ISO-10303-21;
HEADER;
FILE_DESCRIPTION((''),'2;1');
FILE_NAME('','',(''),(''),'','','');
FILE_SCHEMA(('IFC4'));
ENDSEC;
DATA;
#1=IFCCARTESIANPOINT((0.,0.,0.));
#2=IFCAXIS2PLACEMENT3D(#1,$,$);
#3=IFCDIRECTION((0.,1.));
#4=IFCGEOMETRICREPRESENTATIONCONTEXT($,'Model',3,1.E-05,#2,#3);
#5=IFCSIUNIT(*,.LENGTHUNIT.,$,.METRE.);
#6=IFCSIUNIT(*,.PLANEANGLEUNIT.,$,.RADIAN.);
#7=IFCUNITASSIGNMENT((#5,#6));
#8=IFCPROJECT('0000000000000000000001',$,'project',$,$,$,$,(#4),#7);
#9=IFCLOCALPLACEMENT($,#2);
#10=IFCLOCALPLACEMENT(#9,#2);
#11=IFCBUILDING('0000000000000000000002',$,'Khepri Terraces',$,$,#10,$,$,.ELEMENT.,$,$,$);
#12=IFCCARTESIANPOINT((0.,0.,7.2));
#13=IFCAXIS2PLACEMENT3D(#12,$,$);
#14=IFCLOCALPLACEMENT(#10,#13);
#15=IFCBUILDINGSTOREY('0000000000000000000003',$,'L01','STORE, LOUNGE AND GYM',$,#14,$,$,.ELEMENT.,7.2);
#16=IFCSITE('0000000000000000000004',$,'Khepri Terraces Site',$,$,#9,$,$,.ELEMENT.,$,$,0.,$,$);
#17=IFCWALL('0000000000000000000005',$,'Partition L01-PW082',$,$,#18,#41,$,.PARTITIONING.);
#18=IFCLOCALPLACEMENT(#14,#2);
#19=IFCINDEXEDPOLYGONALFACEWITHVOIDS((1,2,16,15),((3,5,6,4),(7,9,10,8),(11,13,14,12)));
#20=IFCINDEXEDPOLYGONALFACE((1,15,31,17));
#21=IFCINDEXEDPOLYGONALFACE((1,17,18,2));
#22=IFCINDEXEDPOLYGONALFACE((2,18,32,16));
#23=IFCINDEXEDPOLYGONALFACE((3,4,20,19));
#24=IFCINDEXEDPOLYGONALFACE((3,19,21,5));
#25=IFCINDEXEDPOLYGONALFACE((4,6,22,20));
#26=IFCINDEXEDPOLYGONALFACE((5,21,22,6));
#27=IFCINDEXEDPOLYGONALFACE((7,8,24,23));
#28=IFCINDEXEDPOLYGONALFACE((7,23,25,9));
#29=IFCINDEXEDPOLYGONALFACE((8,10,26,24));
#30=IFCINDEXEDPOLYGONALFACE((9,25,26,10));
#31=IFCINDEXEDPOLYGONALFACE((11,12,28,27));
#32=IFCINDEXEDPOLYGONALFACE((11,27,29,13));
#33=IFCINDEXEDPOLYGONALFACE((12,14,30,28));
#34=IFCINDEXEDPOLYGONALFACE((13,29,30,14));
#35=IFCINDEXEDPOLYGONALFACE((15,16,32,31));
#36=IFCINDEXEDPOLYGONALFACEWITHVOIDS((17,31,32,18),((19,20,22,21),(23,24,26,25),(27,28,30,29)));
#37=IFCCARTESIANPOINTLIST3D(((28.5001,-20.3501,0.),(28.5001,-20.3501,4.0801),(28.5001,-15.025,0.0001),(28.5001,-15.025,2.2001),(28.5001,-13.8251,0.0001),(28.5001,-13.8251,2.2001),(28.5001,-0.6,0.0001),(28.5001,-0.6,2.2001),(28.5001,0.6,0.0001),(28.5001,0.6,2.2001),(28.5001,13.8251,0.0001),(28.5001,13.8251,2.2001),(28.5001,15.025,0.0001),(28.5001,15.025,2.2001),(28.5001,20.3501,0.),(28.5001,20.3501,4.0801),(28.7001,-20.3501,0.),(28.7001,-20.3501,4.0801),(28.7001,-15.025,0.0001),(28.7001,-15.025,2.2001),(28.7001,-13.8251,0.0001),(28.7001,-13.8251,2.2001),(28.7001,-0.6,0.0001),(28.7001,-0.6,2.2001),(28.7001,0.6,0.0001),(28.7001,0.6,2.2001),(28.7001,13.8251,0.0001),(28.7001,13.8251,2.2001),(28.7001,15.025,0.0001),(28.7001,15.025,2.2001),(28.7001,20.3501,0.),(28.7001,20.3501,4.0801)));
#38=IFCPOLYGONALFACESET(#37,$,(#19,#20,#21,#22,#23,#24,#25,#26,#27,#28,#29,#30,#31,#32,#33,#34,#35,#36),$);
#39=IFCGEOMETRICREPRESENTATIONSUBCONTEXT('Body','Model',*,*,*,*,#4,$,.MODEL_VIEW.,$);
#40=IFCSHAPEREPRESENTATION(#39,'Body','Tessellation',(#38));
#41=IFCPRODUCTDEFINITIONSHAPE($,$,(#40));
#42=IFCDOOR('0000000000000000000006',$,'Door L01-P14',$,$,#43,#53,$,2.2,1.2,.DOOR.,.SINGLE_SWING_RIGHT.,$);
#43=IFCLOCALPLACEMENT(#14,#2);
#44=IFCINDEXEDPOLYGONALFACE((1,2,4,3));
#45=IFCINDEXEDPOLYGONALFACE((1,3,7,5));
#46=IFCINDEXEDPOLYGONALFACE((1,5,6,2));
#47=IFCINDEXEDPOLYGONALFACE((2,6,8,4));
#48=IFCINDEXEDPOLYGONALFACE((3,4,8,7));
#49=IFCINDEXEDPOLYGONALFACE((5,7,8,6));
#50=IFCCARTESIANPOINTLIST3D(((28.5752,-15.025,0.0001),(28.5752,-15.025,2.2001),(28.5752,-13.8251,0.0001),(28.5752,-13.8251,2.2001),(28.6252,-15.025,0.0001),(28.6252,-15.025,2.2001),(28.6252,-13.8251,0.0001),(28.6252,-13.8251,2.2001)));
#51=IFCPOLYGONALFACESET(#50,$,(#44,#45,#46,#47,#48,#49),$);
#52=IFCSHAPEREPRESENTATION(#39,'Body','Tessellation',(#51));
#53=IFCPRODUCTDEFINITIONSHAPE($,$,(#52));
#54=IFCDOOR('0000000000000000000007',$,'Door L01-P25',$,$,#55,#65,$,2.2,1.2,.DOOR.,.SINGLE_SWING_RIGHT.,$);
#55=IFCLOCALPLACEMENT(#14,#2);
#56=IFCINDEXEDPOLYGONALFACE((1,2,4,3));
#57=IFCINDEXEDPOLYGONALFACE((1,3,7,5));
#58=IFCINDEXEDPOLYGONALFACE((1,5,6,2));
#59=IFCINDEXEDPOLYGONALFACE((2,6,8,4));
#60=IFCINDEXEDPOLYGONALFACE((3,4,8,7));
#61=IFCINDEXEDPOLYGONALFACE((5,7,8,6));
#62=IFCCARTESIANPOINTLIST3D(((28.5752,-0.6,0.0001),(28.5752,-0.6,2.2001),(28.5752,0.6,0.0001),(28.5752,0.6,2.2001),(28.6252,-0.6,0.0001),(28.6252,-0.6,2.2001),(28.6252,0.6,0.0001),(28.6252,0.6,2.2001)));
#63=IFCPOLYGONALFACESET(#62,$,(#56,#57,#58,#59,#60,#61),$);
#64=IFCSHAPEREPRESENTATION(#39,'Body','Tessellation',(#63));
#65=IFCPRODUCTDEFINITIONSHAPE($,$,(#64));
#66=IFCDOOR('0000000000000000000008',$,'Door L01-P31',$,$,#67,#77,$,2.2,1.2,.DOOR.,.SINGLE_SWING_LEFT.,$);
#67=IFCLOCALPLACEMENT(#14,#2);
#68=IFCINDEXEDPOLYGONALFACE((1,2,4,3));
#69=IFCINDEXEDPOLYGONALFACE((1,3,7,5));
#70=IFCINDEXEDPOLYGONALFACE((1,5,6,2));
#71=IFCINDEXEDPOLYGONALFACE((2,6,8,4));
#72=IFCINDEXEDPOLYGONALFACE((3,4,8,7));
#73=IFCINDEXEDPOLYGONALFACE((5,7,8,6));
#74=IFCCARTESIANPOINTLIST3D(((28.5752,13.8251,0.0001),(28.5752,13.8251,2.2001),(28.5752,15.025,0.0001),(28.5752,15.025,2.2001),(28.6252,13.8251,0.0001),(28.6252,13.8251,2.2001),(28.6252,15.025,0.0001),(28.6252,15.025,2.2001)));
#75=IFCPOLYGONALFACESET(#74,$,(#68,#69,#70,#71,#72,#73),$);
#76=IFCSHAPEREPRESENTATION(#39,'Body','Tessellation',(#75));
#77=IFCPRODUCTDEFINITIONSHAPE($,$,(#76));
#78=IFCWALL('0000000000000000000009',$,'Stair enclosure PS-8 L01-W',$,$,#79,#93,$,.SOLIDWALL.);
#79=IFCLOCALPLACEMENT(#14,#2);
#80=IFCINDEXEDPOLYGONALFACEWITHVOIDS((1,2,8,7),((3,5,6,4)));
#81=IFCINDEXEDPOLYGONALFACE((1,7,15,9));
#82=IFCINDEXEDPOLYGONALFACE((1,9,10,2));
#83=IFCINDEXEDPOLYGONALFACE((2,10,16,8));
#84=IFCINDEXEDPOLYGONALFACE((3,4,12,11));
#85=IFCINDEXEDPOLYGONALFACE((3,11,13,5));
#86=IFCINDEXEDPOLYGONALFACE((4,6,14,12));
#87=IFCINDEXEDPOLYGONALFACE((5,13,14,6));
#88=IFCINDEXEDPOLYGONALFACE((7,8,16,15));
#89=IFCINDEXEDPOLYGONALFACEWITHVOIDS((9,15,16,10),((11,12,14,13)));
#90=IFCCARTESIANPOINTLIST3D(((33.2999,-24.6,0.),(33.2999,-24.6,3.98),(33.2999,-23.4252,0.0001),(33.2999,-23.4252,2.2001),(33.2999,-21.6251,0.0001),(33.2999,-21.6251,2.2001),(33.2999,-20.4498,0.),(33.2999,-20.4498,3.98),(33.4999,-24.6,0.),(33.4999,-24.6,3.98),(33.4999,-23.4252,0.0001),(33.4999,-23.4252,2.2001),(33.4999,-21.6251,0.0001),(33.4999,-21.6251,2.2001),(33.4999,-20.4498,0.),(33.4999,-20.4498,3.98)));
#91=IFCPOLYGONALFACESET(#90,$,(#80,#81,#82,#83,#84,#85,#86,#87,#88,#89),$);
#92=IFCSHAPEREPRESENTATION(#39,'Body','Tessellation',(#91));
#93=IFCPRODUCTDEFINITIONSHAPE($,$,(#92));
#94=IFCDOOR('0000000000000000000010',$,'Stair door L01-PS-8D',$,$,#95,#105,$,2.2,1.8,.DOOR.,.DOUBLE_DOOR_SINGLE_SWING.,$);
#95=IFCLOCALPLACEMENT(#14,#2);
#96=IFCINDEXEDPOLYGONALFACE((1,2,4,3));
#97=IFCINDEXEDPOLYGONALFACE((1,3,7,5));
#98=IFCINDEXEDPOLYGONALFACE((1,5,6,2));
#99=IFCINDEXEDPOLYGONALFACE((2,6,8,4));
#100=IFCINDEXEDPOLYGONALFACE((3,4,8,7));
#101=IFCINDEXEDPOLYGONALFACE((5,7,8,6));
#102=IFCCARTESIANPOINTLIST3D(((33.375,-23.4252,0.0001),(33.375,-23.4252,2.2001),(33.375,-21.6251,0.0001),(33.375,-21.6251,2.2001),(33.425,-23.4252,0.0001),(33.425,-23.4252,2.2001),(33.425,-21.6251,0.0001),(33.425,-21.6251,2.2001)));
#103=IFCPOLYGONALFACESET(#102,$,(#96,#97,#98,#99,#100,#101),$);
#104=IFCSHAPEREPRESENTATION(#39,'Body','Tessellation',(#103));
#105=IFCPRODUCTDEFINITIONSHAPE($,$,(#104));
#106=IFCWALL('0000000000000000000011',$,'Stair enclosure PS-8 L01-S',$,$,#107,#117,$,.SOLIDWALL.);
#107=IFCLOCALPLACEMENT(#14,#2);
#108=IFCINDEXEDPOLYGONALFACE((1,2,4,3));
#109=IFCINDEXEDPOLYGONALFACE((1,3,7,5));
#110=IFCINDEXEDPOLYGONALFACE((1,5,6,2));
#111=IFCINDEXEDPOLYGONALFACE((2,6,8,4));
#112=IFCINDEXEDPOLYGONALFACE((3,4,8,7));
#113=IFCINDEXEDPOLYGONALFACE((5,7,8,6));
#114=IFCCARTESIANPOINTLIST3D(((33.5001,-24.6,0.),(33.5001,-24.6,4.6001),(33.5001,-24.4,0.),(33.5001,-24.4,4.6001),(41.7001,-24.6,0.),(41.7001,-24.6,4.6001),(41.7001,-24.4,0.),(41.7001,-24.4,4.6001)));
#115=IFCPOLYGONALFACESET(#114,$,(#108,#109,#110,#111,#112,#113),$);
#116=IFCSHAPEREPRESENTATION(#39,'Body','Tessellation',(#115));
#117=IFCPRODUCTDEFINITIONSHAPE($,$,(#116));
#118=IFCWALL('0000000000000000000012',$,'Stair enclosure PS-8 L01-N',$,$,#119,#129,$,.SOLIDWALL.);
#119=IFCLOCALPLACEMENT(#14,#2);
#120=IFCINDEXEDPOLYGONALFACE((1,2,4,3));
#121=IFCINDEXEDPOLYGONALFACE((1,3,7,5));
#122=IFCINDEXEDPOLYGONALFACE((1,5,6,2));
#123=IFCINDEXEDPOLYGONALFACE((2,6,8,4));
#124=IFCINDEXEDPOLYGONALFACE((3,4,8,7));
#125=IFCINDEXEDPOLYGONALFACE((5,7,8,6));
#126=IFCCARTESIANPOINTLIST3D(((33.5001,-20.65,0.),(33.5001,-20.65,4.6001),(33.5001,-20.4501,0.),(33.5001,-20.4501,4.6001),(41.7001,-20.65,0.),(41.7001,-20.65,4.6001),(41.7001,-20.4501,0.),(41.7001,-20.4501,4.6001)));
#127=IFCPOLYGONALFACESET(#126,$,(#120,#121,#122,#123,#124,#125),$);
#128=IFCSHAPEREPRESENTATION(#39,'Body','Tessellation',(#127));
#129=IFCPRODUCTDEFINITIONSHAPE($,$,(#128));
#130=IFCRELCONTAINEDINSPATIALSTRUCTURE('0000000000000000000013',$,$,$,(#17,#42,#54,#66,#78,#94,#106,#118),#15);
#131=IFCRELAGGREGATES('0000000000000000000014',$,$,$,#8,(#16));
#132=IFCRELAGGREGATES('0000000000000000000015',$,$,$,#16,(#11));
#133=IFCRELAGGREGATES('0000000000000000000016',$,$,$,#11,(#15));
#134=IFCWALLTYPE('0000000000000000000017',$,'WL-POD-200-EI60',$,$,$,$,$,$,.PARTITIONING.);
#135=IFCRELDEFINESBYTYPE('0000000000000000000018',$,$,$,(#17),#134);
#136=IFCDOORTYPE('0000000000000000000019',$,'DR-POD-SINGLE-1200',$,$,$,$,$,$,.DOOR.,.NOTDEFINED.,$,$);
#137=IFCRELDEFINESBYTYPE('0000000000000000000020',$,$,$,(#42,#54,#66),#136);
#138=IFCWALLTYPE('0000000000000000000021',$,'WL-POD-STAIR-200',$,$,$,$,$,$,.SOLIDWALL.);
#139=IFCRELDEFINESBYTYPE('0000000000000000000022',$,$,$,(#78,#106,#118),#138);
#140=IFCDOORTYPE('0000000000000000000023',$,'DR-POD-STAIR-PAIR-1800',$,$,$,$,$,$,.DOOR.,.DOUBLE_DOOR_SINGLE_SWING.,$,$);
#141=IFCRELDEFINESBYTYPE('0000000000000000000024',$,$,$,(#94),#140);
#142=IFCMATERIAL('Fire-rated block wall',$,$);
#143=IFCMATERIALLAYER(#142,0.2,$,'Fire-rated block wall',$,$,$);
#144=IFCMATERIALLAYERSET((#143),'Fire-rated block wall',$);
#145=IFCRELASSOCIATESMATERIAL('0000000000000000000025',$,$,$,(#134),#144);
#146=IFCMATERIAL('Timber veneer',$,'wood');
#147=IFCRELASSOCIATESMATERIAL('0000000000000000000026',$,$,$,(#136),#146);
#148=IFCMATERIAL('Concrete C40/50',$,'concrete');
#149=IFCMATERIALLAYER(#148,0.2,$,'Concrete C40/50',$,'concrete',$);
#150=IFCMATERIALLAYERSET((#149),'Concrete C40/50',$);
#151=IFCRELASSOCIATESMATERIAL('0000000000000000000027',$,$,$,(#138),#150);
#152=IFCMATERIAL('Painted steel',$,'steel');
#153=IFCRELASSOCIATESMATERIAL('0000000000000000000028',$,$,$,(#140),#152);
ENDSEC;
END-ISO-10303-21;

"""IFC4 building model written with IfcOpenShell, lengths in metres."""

from ifc_helpers import new_model, si_unit, direction, frame, frame_2d, origin, place, context, subcontext, project, spatial, rectangle, extrude, material, layer, layer_set, type_object, element, fill, save


model = new_model("IFC4")

# Units and contexts
model_context = context("Model", 3, precision=1e-05, world=origin(), true_north=direction((0.0, 1.0)))
body_context = subcontext(model_context, "Body", "Model", "MODEL_VIEW")
ifc_project = project(units=[si_unit("LENGTHUNIT", "METRE"), si_unit("PLANEANGLEUNIT", "RADIAN")], contexts=[model_context])

# Site, building, storey
site_placement = place(None, origin())
site = spatial("IfcSite", under=ifc_project, at=site_placement, Name="Khepri Terraces Site", CompositionType="ELEMENT", RefElevation=0.0)
building_placement = place(site_placement, origin())
building = spatial("IfcBuilding", under=site, at=building_placement, Name="Khepri Terraces", CompositionType="ELEMENT")
storey_placement = place(building_placement, frame((0.0, 0.0, 7.2)))
storey = spatial("IfcBuildingStorey", under=building, at=storey_placement, Name="L01", Description="STORE, LOUNGE AND GYM", CompositionType="ELEMENT", Elevation=7.2)

# Shared definitions
ifc_material_1 = material(Name="Fire-rated block wall")

# Shared definitions
ifc_material_2 = material(Name="Painted steel", Category="steel")

# Wall, openings, doors
ifc_layer_1 = layer(ifc_material_1, 0.2, Name="Fire-rated block wall")
ifc_layer_set_1 = layer_set([ifc_layer_1], Name="Fire-rated block wall")
wall_type_1 = type_object("IfcWallType", Name="WL-POD-200-EI60", PredefinedType="PARTITIONING", material=ifc_layer_set_1)
wall_1_placement = place(storey_placement, frame((28.6001, -20.3501, 0.0), z_axis=(0.0, 0.0, 1.0), x_axis=(0.0, 1.0, 0.0)))
wall_1 = element("IfcWall", 1, at=wall_1_placement, inside=storey, type_object=wall_type_1, Name="Partition L01-PW082", PredefinedType="PARTITIONING", context=body_context, shape_type="SweptSolid", body=[
    extrude(rectangle(XDim=40.7002, YDim=0.2, at=frame_2d((20.3501, 0.0))), origin(), (0.0, 0.0, 1.0), 4.0801),
])
opening_1_placement = place(wall_1_placement, frame((5.325, 0.0, 0.0)))
opening_1 = element("IfcOpeningElement", 2, at=opening_1_placement, cuts=wall_1, PredefinedType="OPENING", context=body_context, shape_type="SweptSolid", body=[
    extrude(rectangle(XDim=1.2, YDim=2.2, at=frame_2d((0.6001, 1.1001))), frame((0.0, 0.1099, 0.0), z_axis=(0.0, -1.0, 0.0), x_axis=(1.0, 0.0, 0.0)), (0.0, 0.0, 1.0), 0.22),
])
opening_2_placement = place(wall_1_placement, frame((19.75, 0.0, 0.0)))
opening_2 = element("IfcOpeningElement", 3, at=opening_2_placement, cuts=wall_1, PredefinedType="OPENING", context=body_context, shape_type="SweptSolid", body=[
    extrude(rectangle(XDim=1.2, YDim=2.2, at=frame_2d((0.6001, 1.1001))), frame((0.0, 0.1099, 0.0), z_axis=(0.0, -1.0, 0.0), x_axis=(1.0, 0.0, 0.0)), (0.0, 0.0, 1.0), 0.22),
])
opening_3_placement = place(wall_1_placement, frame((34.175, 0.0, 0.0)))
opening_3 = element("IfcOpeningElement", 4, at=opening_3_placement, cuts=wall_1, PredefinedType="OPENING", context=body_context, shape_type="SweptSolid", body=[
    extrude(rectangle(XDim=1.2, YDim=2.2, at=frame_2d((0.6001, 1.1001))), frame((0.0, 0.1099, 0.0), z_axis=(0.0, -1.0, 0.0), x_axis=(1.0, 0.0, 0.0)), (0.0, 0.0, 1.0), 0.22),
])
ifc_material_3 = material(Name="Timber veneer", Category="wood")
door_type_1 = type_object("IfcDoorType", Name="DR-POD-SINGLE-1200", OperationType="NOTDEFINED", PredefinedType="DOOR", material=ifc_material_3)
door_1_placement = place(opening_1_placement, origin())
door_1 = element("IfcDoor", 5, at=door_1_placement, inside=storey, type_object=door_type_1, Name="Door L01-P14", OperationType="SINGLE_SWING_RIGHT", OverallHeight=2.2, OverallWidth=1.2, PredefinedType="DOOR", context=body_context, shape_type="SweptSolid", body=[
    extrude(rectangle(XDim=1.2, YDim=2.2, at=frame_2d((0.6001, 1.1001))), frame((0.0, 0.0249, 0.0), z_axis=(0.0, -1.0, 0.0), x_axis=(1.0, 0.0, 0.0)), (0.0, 0.0, 1.0), 0.05),
])
fill(opening_1, door_1)
door_2_placement = place(opening_2_placement, origin())
door_2 = element("IfcDoor", 6, at=door_2_placement, inside=storey, type_object=door_type_1, Name="Door L01-P25", OperationType="SINGLE_SWING_RIGHT", OverallHeight=2.2, OverallWidth=1.2, PredefinedType="DOOR", context=body_context, shape_type="SweptSolid", body=[
    extrude(rectangle(XDim=1.2, YDim=2.2, at=frame_2d((0.6001, 1.1001))), frame((0.0, 0.0249, 0.0), z_axis=(0.0, -1.0, 0.0), x_axis=(1.0, 0.0, 0.0)), (0.0, 0.0, 1.0), 0.05),
])
fill(opening_2, door_2)
door_3_placement = place(opening_3_placement, origin())
door_3 = element("IfcDoor", 7, at=door_3_placement, inside=storey, type_object=door_type_1, Name="Door L01-P31", OperationType="SINGLE_SWING_LEFT", OverallHeight=2.2, OverallWidth=1.2, PredefinedType="DOOR", context=body_context, shape_type="SweptSolid", body=[
    extrude(rectangle(XDim=1.2, YDim=2.2, at=frame_2d((0.6001, 1.1001))), frame((0.0, 0.0249, 0.0), z_axis=(0.0, -1.0, 0.0), x_axis=(1.0, 0.0, 0.0)), (0.0, 0.0, 1.0), 0.05),
])
fill(opening_3, door_3)

# Wall, opening, door
ifc_material_4 = material(Name="Concrete C40/50", Category="concrete")
ifc_layer_2 = layer(ifc_material_4, 0.2, Name="Concrete C40/50", Category="concrete")
ifc_layer_set_2 = layer_set([ifc_layer_2], Name="Concrete C40/50")
wall_type_2 = type_object("IfcWallType", Name="WL-POD-STAIR-200", PredefinedType="SOLIDWALL", material=ifc_layer_set_2)
wall_2_placement = place(storey_placement, frame((33.3999, -24.6001, 0.0), z_axis=(0.0, 0.0, 1.0), x_axis=(0.0, 1.0, 0.0)))
wall_2 = element("IfcWall", 8, at=wall_2_placement, inside=storey, type_object=wall_type_2, Name="Stair enclosure PS-8 L01-W", PredefinedType="SOLIDWALL", context=body_context, shape_type="SweptSolid", body=[
    extrude(rectangle(XDim=4.1501, YDim=0.2, at=frame_2d((2.0752, 0.0))), origin(), (0.0, 0.0, 1.0), 3.98),
])
opening_4_placement = place(wall_2_placement, frame((1.175, 0.0, 0.0)))
opening_4 = element("IfcOpeningElement", 9, at=opening_4_placement, cuts=wall_2, PredefinedType="OPENING", context=body_context, shape_type="SweptSolid", body=[
    extrude(rectangle(XDim=1.8, YDim=2.2, at=frame_2d((0.8999, 1.1001))), frame((0.0, 0.1099, 0.0), z_axis=(0.0, -1.0, 0.0), x_axis=(1.0, 0.0, 0.0)), (0.0, 0.0, 1.0), 0.22),
])
door_type_2 = type_object("IfcDoorType", Name="DR-POD-STAIR-PAIR-1800", OperationType="DOUBLE_DOOR_SINGLE_SWING", PredefinedType="DOOR", material=ifc_material_2)
door_4_placement = place(opening_4_placement, origin())
door_4 = element("IfcDoor", 10, at=door_4_placement, inside=storey, type_object=door_type_2, Name="Stair door L01-PS-8D", OperationType="DOUBLE_DOOR_SINGLE_SWING", OverallHeight=2.2, OverallWidth=1.8, PredefinedType="DOOR", context=body_context, shape_type="SweptSolid", body=[
    extrude(rectangle(XDim=1.8, YDim=2.2, at=frame_2d((0.8999, 1.1001))), frame((0.0, 0.0249, 0.0), z_axis=(0.0, -1.0, 0.0), x_axis=(1.0, 0.0, 0.0)), (0.0, 0.0, 1.0), 0.05),
])
fill(opening_4, door_4)

# Walls
for number, where, z_axis, x_axis, name in (
    (11, (33.5, -24.5, 0.0), (0.0, 0.0, 1.0), (1.0, 0.0, 0.0), "Stair enclosure PS-8 L01-S"),
    (12, (33.5, -20.55, 0.0), (0.0, 0.0, 1.0), (1.0, 0.0, 0.0), "Stair enclosure PS-8 L01-N"),
):
    element("IfcWall", number, at=place(storey_placement, frame(where, z_axis=z_axis, x_axis=x_axis)), inside=storey, type_object=wall_type_2, Name=name, PredefinedType="SOLIDWALL", context=body_context, shape_type="SweptSolid", body=[
        extrude(rectangle(XDim=8.2, YDim=0.2, at=frame_2d((4.1001, 0.0))), origin(), (0.0, 0.0, 1.0), 4.6001),
    ])

save(model, "model.ifc")
